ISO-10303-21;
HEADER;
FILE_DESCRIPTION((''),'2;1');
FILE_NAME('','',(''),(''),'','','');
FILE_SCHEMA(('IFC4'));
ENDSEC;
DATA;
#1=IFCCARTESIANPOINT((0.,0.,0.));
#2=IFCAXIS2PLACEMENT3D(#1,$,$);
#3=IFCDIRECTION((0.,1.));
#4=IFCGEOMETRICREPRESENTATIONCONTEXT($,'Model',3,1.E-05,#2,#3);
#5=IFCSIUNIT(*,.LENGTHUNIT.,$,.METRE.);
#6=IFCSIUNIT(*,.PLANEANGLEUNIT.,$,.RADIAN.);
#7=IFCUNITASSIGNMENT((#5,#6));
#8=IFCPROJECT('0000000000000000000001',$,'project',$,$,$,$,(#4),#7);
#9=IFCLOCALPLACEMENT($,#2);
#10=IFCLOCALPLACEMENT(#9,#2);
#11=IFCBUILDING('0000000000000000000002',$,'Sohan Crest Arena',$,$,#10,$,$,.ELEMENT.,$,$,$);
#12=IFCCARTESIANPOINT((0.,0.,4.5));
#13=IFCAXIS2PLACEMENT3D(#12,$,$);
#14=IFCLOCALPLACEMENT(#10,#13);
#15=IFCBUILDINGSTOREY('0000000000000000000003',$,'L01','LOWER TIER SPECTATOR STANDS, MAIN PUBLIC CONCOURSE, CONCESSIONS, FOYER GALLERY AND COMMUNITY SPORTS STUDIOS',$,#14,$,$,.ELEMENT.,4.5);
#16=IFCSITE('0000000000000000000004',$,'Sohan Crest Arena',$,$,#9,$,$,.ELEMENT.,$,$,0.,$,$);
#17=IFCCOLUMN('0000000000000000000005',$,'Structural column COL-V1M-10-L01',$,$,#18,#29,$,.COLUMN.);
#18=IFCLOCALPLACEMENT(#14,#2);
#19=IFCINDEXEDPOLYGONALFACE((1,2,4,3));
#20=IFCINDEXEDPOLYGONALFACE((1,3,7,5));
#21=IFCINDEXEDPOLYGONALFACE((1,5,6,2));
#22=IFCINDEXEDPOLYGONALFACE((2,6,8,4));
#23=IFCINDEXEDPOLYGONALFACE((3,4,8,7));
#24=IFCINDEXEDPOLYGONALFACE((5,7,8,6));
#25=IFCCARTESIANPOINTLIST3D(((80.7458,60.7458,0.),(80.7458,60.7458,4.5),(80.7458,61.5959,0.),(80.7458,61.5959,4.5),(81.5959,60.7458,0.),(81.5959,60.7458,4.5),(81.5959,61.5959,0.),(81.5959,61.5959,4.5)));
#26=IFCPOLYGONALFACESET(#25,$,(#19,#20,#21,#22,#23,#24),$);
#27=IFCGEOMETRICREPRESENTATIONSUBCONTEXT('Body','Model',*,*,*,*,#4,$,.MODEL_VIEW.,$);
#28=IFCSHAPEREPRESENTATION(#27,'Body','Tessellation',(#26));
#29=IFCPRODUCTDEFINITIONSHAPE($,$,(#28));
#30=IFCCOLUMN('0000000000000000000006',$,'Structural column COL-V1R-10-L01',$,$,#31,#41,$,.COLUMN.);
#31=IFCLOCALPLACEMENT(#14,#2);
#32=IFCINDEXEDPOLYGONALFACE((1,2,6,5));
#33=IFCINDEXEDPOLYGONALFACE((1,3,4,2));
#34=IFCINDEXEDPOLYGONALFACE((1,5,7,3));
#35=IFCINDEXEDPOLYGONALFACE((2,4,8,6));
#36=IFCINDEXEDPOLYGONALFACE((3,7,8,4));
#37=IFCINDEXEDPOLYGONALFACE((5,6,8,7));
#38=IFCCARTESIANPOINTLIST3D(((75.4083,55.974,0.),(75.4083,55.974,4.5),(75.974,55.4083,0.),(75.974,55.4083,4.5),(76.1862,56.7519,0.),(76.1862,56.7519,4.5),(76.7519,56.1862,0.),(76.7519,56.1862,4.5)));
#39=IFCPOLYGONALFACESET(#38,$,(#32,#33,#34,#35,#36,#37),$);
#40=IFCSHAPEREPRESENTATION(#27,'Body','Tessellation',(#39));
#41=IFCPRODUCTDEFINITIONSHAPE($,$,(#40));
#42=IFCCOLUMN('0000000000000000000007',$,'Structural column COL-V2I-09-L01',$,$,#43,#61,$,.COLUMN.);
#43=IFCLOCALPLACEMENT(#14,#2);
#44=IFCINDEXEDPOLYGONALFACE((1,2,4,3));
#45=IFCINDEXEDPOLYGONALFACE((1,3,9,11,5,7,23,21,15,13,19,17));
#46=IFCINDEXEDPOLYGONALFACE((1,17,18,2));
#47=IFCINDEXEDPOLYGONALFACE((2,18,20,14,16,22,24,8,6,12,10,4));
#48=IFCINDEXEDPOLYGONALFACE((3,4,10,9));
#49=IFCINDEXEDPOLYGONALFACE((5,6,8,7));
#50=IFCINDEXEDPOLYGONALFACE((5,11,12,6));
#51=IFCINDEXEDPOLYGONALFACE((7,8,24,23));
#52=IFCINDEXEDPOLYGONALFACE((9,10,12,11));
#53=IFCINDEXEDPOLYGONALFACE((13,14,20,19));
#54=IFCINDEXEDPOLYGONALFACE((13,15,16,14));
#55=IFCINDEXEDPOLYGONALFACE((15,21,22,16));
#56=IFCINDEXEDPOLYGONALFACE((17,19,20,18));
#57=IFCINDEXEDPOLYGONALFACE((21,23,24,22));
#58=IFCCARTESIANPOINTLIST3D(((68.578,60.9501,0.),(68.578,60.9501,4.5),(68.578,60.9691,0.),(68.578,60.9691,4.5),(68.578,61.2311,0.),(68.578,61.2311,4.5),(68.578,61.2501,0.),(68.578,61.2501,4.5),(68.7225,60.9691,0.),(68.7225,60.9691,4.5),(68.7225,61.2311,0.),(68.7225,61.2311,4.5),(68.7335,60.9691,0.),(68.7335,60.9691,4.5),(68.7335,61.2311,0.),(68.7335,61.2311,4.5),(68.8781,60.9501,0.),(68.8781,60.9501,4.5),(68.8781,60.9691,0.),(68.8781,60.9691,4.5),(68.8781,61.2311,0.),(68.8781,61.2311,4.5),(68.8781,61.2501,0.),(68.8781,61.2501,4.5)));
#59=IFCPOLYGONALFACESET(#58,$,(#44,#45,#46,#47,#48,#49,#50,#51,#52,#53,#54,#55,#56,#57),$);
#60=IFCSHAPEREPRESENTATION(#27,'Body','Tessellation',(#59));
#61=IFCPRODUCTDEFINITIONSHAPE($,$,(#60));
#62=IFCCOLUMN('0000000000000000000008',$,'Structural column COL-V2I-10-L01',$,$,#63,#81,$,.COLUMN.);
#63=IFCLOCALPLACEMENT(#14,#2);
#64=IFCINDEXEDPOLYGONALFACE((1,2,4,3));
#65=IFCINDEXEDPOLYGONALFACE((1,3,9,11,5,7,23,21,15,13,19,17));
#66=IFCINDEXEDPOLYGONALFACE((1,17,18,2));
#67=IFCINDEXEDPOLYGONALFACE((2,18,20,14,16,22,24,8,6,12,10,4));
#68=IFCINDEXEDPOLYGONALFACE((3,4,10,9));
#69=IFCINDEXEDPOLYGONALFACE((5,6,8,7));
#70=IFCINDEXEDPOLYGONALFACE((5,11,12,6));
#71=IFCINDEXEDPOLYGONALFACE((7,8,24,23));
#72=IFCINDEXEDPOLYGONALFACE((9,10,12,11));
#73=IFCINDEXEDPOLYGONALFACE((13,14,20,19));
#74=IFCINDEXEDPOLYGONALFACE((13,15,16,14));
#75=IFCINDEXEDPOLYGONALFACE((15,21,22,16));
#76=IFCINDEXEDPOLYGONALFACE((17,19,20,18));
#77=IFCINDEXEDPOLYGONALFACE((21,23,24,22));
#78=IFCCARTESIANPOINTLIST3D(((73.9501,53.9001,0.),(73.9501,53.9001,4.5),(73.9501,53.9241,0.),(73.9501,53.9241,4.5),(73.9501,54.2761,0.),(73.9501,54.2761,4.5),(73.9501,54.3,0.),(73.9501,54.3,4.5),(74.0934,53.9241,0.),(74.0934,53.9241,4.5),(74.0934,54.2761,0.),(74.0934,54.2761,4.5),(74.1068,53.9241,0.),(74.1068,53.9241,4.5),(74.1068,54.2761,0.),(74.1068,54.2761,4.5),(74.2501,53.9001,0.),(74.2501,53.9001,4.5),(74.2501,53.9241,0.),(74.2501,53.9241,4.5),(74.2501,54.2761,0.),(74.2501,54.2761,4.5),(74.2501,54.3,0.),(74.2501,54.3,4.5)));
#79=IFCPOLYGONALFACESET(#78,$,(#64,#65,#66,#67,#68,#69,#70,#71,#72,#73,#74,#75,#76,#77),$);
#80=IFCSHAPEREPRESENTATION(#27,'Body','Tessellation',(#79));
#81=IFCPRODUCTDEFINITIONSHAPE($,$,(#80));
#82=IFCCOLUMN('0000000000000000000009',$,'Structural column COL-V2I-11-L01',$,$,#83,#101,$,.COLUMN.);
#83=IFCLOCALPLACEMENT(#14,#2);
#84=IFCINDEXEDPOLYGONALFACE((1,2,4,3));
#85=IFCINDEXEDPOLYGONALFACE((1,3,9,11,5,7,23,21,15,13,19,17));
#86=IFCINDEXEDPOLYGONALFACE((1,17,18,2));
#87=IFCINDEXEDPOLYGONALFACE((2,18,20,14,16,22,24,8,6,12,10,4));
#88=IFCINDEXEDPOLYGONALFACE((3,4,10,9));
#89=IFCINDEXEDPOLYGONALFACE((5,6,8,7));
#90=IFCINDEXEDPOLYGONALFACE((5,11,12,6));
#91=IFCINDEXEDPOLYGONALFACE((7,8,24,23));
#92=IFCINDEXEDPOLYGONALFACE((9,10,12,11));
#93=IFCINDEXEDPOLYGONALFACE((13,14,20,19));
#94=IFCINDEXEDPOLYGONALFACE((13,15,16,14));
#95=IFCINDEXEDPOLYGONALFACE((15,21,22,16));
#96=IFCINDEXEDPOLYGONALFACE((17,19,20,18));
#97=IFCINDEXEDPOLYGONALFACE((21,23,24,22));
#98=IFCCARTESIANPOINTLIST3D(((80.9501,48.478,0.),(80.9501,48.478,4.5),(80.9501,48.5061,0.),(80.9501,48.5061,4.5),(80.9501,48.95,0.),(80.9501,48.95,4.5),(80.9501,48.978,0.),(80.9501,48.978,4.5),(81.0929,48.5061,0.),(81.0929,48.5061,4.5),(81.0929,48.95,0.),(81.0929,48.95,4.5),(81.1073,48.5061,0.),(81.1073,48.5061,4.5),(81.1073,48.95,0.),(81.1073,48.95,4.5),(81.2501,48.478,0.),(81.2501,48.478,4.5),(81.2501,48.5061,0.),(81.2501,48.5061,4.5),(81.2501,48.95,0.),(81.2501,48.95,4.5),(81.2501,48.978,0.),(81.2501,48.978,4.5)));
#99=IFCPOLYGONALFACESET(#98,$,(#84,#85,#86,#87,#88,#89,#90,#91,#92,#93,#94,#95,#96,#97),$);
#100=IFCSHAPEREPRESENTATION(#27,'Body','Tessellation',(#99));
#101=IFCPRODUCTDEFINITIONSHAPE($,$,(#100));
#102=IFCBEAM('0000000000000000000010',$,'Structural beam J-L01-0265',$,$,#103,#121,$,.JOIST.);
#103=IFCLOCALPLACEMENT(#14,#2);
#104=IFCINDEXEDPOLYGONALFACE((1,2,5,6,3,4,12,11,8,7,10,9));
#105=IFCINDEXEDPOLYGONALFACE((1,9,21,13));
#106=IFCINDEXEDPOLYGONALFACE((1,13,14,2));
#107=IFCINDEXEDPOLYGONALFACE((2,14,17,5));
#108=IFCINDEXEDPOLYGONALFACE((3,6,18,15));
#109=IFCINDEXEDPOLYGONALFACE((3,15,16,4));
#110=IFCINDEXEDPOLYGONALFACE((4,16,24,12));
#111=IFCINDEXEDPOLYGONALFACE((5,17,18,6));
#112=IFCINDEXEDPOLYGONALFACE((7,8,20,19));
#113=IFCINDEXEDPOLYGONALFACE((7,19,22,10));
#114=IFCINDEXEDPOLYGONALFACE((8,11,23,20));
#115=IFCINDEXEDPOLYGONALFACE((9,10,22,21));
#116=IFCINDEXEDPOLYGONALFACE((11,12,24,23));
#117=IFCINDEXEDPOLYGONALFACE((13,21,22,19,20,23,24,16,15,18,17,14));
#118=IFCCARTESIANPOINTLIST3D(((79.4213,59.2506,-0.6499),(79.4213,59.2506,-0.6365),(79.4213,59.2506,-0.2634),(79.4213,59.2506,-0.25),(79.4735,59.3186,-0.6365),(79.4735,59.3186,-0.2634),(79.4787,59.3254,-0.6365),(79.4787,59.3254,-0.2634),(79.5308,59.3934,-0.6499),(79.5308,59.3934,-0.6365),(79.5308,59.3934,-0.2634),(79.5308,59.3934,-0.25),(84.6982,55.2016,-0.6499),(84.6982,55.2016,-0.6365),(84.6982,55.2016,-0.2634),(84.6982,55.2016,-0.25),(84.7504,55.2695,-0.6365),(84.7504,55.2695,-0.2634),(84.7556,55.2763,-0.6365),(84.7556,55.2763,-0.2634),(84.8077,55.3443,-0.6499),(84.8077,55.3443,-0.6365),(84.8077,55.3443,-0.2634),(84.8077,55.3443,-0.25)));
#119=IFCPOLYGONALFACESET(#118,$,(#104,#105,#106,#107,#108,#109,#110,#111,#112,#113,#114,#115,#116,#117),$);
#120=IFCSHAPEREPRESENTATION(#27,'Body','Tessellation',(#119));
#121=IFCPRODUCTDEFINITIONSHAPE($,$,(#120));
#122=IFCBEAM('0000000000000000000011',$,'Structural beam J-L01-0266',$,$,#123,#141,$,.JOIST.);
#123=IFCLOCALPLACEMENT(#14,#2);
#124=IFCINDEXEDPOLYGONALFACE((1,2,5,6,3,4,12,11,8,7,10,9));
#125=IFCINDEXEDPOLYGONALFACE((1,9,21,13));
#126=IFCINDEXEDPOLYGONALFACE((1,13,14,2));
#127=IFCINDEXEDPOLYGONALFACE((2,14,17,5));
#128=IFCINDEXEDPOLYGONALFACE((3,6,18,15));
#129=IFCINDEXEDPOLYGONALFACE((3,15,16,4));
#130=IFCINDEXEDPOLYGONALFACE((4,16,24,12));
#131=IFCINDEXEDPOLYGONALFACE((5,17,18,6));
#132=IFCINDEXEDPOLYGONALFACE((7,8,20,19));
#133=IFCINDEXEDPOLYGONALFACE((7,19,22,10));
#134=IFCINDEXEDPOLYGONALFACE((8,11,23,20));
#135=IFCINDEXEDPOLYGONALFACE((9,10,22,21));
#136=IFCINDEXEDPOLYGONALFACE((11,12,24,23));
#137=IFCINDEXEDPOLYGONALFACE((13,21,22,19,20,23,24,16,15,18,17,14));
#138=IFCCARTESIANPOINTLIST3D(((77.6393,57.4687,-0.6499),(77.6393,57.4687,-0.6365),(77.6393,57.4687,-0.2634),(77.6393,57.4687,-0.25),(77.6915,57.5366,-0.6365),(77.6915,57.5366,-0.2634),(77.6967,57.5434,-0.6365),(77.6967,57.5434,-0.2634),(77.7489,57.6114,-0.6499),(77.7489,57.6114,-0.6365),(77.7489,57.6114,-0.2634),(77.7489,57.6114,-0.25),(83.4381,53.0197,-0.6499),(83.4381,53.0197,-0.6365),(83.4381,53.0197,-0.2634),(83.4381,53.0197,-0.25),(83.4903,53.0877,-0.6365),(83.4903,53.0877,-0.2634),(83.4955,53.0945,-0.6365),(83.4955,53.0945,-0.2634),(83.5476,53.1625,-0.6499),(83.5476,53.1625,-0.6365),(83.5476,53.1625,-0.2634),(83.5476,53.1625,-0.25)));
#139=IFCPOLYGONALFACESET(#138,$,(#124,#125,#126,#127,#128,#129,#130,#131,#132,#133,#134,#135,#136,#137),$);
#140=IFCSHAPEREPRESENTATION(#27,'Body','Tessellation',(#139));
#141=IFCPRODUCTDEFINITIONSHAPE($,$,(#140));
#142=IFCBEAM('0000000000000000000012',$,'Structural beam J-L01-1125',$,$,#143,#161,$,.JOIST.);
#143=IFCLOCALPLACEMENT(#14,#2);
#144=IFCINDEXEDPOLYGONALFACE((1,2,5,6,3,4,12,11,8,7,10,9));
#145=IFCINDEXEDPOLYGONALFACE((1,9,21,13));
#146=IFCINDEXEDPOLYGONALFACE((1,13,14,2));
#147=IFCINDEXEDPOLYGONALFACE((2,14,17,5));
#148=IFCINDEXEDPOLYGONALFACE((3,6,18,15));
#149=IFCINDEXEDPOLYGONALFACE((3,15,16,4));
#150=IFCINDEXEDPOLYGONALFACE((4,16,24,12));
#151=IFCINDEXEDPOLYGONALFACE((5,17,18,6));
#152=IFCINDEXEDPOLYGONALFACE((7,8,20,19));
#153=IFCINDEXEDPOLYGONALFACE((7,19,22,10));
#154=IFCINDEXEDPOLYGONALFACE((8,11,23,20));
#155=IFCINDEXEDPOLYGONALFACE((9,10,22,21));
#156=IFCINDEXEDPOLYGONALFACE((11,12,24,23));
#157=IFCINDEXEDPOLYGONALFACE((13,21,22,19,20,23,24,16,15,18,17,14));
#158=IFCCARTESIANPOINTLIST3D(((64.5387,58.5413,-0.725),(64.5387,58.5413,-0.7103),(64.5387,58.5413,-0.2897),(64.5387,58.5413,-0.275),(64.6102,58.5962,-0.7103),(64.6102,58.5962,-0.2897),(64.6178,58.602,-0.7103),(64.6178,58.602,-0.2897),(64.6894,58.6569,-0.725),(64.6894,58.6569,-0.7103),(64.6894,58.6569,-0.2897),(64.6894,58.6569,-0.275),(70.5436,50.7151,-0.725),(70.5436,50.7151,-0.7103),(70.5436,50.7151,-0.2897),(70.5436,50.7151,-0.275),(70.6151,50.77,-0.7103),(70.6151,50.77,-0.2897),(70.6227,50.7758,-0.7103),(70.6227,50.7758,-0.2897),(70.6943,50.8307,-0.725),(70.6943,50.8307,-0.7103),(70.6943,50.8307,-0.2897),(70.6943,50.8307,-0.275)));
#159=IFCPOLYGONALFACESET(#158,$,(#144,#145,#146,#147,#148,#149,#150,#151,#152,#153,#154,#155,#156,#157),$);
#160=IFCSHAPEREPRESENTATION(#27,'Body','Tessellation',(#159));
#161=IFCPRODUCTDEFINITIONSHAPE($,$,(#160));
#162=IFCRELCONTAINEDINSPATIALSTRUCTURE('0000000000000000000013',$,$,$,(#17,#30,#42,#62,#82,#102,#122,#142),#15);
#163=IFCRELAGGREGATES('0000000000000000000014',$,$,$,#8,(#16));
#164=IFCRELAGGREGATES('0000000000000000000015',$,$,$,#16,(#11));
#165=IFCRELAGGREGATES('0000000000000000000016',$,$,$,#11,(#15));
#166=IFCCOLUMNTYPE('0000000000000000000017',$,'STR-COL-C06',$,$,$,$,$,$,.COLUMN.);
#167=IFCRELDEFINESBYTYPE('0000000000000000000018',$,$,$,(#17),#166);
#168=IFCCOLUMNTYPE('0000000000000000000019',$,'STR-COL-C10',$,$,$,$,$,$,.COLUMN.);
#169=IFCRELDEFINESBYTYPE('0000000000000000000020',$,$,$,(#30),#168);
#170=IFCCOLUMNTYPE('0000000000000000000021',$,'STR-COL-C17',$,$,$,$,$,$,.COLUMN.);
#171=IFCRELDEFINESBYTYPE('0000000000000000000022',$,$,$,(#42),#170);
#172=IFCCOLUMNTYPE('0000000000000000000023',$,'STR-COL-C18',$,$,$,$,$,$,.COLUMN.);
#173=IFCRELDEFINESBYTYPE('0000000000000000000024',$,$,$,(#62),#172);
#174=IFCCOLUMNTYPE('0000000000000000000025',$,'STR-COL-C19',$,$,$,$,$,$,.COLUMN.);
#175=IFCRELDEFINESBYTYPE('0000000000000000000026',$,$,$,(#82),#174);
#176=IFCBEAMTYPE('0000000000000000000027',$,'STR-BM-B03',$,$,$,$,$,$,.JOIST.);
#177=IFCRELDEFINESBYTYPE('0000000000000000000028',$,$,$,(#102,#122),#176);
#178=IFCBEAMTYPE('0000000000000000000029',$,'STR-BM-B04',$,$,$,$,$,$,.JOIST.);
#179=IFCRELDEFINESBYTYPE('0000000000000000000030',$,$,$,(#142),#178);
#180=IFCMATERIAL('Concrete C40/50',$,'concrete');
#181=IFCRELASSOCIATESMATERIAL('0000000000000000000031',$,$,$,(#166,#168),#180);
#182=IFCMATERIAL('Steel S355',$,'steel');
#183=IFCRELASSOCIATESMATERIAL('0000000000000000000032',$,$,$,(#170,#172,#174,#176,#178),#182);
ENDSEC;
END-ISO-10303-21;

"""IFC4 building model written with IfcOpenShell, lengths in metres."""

from ifc_helpers import new_model, si_unit, direction, frame, origin, origin_2d, place, context, subcontext, project, spatial, rectangle, i_section, extrude, material, material_profile, profile_set, type_object, element, save


model = new_model("IFC4")

# Units and contexts
model_context = context("Model", 3, precision=1e-05, world=origin(), true_north=direction((0.0, 1.0)))
body_context = subcontext(model_context, "Body", "Model", "MODEL_VIEW")
ifc_project = project(units=[si_unit("LENGTHUNIT", "METRE"), si_unit("PLANEANGLEUNIT", "RADIAN")], contexts=[model_context])

# Site, building, storey
site_placement = place(None, origin())
site = spatial("IfcSite", under=ifc_project, at=site_placement, Name="Sohan Crest Arena", CompositionType="ELEMENT", RefElevation=0.0)
building_placement = place(site_placement, origin())
building = spatial("IfcBuilding", under=site, at=building_placement, Name="Sohan Crest Arena", CompositionType="ELEMENT")
storey_placement = place(building_placement, frame((0.0, 0.0, 4.5)))
storey = spatial("IfcBuildingStorey", under=building, at=storey_placement, Name="L01", Description="LOWER TIER SPECTATOR STANDS, MAIN PUBLIC CONCOURSE, CONCESSIONS, FOYER GALLERY AND COMMUNITY SPORTS STUDIOS", CompositionType="ELEMENT", Elevation=4.5)

# Columns
ifc_material_1 = material(Name="Concrete C40/50", Category="concrete")
ifc_material_profile_1 = material_profile(ifc_material_1, rectangle(XDim=0.8501, YDim=0.8501, at=origin_2d()), Name="RC 850x850")
ifc_profile_set_1 = profile_set([ifc_material_profile_1], Name="Concrete C40/50")
column_type_1 = type_object("IfcColumnType", Name="STR-COL-C06", PredefinedType="COLUMN", material=ifc_profile_set_1)
column_1_placement = place(storey_placement, frame((81.1709, 61.1709, 0.0), z_axis=(0.0, 0.0, 1.0), x_axis=(1.0, 0.0, 0.0)))
element("IfcColumn", 1, at=column_1_placement, inside=storey, type_object=column_type_1, Name="Structural column COL-V1M-10-L01", PredefinedType="COLUMN", context=body_context, shape_type="SweptSolid", body=[
    extrude(rectangle(XDim=0.8501, YDim=0.8501, at=origin_2d()), origin(), (0.0, 0.0, 1.0), 4.5),
])
ifc_material_profile_2 = material_profile(ifc_material_1, rectangle(XDim=1.1001, YDim=0.8, at=origin_2d()), Name="RC 1100x800")
ifc_profile_set_2 = profile_set([ifc_material_profile_2], Name="Concrete C40/50")
column_type_2 = type_object("IfcColumnType", Name="STR-COL-C10", PredefinedType="COLUMN", material=ifc_profile_set_2)
column_2_placement = place(storey_placement, frame((76.0801, 56.0801, 0.0), z_axis=(0.0, 0.0, 1.0), x_axis=(0.707107, 0.707107, 0.0)))
element("IfcColumn", 2, at=column_2_placement, inside=storey, type_object=column_type_2, Name="Structural column COL-V1R-10-L01", PredefinedType="COLUMN", context=body_context, shape_type="SweptSolid", body=[
    extrude(rectangle(XDim=1.1001, YDim=0.8, at=origin_2d()), origin(), (0.0, 0.0, 1.0), 4.5),
])
ifc_material_2 = material(Name="Steel S355", Category="steel")
ifc_material_profile_3 = material_profile(ifc_material_2, i_section(OverallWidth=0.3, OverallDepth=0.3, WebThickness=0.011, FlangeThickness=0.019, at=origin_2d()), Name="HEB 300")
ifc_profile_set_3 = profile_set([ifc_material_profile_3], Name="Steel S355")
column_type_3 = type_object("IfcColumnType", Name="STR-COL-C17", PredefinedType="COLUMN", material=ifc_profile_set_3)
column_3_placement = place(storey_placement, frame((68.728, 61.1001, 0.0), z_axis=(0.0, 0.0, 1.0), x_axis=(1.0, 0.0, 0.0)))
element("IfcColumn", 3, at=column_3_placement, inside=storey, type_object=column_type_3, Name="Structural column COL-V2I-09-L01", PredefinedType="COLUMN", context=body_context, shape_type="SweptSolid", body=[
    extrude(i_section(OverallWidth=0.3, OverallDepth=0.3, WebThickness=0.011, FlangeThickness=0.019, at=origin_2d()), origin(), (0.0, 0.0, 1.0), 4.5),
])
ifc_material_profile_4 = material_profile(ifc_material_2, i_section(OverallWidth=0.3, OverallDepth=0.3999, WebThickness=0.0134, FlangeThickness=0.0239, at=origin_2d()), Name="HEB 400")
ifc_profile_set_4 = profile_set([ifc_material_profile_4], Name="Steel S355")
column_type_4 = type_object("IfcColumnType", Name="STR-COL-C18", PredefinedType="COLUMN", material=ifc_profile_set_4)
column_4_placement = place(storey_placement, frame((74.1001, 54.1001, 0.0), z_axis=(0.0, 0.0, 1.0), x_axis=(1.0, 0.0, 0.0)))
element("IfcColumn", 4, at=column_4_placement, inside=storey, type_object=column_type_4, Name="Structural column COL-V2I-10-L01", PredefinedType="COLUMN", context=body_context, shape_type="SweptSolid", body=[
    extrude(i_section(OverallWidth=0.3, OverallDepth=0.3999, WebThickness=0.0134, FlangeThickness=0.0239, at=origin_2d()), origin(), (0.0, 0.0, 1.0), 4.5),
])
ifc_material_profile_5 = material_profile(ifc_material_2, i_section(OverallWidth=0.3, OverallDepth=0.5, WebThickness=0.0144, FlangeThickness=0.0281, at=origin_2d()), Name="HEB 500")
ifc_profile_set_5 = profile_set([ifc_material_profile_5], Name="Steel S355")
column_type_5 = type_object("IfcColumnType", Name="STR-COL-C19", PredefinedType="COLUMN", material=ifc_profile_set_5)
column_5_placement = place(storey_placement, frame((81.1001, 48.728, 0.0), z_axis=(0.0, 0.0, 1.0), x_axis=(1.0, 0.0, 0.0)))
element("IfcColumn", 5, at=column_5_placement, inside=storey, type_object=column_type_5, Name="Structural column COL-V2I-11-L01", PredefinedType="COLUMN", context=body_context, shape_type="SweptSolid", body=[
    extrude(i_section(OverallWidth=0.3, OverallDepth=0.5, WebThickness=0.0144, FlangeThickness=0.0281, at=origin_2d()), origin(), (0.0, 0.0, 1.0), 4.5),
])

# Beams
ifc_material_profile_6 = material_profile(ifc_material_2, i_section(OverallWidth=0.1799, OverallDepth=0.3999, WebThickness=0.0085, FlangeThickness=0.0134, at=origin_2d()), Name="IPE 400")
ifc_profile_set_6 = profile_set([ifc_material_profile_6], Name="Steel S355")
beam_type_1 = type_object("IfcBeamType", Name="STR-BM-B03", PredefinedType="JOIST", material=ifc_profile_set_6)
beam_1_placement = place(storey_placement, frame((79.4761, 59.322, -0.45), z_axis=(0.793353, -0.608761, 0.0), x_axis=(0.608761, 0.793353, 0.0)))
element("IfcBeam", 6, at=beam_1_placement, inside=storey, type_object=beam_type_1, Name="Structural beam J-L01-0265", PredefinedType="JOIST", context=body_context, shape_type="SweptSolid", body=[
    extrude(i_section(OverallWidth=0.1799, OverallDepth=0.3999, WebThickness=0.0085, FlangeThickness=0.0134, at=origin_2d()), origin(), (0.0, 0.0, 1.0), 6.6514),
])
beam_2_placement = place(storey_placement, frame((77.6941, 57.54, -0.45), z_axis=(0.793394, -0.608708, 0.0), x_axis=(0.608708, 0.793394, 0.0)))
element("IfcBeam", 7, at=beam_2_placement, inside=storey, type_object=beam_type_1, Name="Structural beam J-L01-0266", PredefinedType="JOIST", context=body_context, shape_type="SweptSolid", body=[
    extrude(i_section(OverallWidth=0.1799, OverallDepth=0.3999, WebThickness=0.0085, FlangeThickness=0.0134, at=origin_2d()), origin(), (0.0, 0.0, 1.0), 7.3088),
])
ifc_material_profile_7 = material_profile(ifc_material_2, i_section(OverallWidth=0.1899, OverallDepth=0.45, WebThickness=0.0095, FlangeThickness=0.0146, at=origin_2d()), Name="IPE 450")
ifc_profile_set_7 = profile_set([ifc_material_profile_7], Name="Steel S355")
beam_type_2 = type_object("IfcBeamType", Name="STR-BM-B04", PredefinedType="JOIST", material=ifc_profile_set_7)
beam_3_placement = place(storey_placement, frame((64.614, 58.5991, -0.5), z_axis=(0.608739, -0.79337, 0.0), x_axis=(0.79337, 0.608739, 0.0)))
element("IfcBeam", 8, at=beam_3_placement, inside=storey, type_object=beam_type_2, Name="Structural beam J-L01-1125", PredefinedType="JOIST", context=body_context, shape_type="SweptSolid", body=[
    extrude(i_section(OverallWidth=0.1899, OverallDepth=0.45, WebThickness=0.0095, FlangeThickness=0.0146, at=origin_2d()), origin(), (0.0, 0.0, 1.0), 9.8645),
])

save(model, "model.ifc")
